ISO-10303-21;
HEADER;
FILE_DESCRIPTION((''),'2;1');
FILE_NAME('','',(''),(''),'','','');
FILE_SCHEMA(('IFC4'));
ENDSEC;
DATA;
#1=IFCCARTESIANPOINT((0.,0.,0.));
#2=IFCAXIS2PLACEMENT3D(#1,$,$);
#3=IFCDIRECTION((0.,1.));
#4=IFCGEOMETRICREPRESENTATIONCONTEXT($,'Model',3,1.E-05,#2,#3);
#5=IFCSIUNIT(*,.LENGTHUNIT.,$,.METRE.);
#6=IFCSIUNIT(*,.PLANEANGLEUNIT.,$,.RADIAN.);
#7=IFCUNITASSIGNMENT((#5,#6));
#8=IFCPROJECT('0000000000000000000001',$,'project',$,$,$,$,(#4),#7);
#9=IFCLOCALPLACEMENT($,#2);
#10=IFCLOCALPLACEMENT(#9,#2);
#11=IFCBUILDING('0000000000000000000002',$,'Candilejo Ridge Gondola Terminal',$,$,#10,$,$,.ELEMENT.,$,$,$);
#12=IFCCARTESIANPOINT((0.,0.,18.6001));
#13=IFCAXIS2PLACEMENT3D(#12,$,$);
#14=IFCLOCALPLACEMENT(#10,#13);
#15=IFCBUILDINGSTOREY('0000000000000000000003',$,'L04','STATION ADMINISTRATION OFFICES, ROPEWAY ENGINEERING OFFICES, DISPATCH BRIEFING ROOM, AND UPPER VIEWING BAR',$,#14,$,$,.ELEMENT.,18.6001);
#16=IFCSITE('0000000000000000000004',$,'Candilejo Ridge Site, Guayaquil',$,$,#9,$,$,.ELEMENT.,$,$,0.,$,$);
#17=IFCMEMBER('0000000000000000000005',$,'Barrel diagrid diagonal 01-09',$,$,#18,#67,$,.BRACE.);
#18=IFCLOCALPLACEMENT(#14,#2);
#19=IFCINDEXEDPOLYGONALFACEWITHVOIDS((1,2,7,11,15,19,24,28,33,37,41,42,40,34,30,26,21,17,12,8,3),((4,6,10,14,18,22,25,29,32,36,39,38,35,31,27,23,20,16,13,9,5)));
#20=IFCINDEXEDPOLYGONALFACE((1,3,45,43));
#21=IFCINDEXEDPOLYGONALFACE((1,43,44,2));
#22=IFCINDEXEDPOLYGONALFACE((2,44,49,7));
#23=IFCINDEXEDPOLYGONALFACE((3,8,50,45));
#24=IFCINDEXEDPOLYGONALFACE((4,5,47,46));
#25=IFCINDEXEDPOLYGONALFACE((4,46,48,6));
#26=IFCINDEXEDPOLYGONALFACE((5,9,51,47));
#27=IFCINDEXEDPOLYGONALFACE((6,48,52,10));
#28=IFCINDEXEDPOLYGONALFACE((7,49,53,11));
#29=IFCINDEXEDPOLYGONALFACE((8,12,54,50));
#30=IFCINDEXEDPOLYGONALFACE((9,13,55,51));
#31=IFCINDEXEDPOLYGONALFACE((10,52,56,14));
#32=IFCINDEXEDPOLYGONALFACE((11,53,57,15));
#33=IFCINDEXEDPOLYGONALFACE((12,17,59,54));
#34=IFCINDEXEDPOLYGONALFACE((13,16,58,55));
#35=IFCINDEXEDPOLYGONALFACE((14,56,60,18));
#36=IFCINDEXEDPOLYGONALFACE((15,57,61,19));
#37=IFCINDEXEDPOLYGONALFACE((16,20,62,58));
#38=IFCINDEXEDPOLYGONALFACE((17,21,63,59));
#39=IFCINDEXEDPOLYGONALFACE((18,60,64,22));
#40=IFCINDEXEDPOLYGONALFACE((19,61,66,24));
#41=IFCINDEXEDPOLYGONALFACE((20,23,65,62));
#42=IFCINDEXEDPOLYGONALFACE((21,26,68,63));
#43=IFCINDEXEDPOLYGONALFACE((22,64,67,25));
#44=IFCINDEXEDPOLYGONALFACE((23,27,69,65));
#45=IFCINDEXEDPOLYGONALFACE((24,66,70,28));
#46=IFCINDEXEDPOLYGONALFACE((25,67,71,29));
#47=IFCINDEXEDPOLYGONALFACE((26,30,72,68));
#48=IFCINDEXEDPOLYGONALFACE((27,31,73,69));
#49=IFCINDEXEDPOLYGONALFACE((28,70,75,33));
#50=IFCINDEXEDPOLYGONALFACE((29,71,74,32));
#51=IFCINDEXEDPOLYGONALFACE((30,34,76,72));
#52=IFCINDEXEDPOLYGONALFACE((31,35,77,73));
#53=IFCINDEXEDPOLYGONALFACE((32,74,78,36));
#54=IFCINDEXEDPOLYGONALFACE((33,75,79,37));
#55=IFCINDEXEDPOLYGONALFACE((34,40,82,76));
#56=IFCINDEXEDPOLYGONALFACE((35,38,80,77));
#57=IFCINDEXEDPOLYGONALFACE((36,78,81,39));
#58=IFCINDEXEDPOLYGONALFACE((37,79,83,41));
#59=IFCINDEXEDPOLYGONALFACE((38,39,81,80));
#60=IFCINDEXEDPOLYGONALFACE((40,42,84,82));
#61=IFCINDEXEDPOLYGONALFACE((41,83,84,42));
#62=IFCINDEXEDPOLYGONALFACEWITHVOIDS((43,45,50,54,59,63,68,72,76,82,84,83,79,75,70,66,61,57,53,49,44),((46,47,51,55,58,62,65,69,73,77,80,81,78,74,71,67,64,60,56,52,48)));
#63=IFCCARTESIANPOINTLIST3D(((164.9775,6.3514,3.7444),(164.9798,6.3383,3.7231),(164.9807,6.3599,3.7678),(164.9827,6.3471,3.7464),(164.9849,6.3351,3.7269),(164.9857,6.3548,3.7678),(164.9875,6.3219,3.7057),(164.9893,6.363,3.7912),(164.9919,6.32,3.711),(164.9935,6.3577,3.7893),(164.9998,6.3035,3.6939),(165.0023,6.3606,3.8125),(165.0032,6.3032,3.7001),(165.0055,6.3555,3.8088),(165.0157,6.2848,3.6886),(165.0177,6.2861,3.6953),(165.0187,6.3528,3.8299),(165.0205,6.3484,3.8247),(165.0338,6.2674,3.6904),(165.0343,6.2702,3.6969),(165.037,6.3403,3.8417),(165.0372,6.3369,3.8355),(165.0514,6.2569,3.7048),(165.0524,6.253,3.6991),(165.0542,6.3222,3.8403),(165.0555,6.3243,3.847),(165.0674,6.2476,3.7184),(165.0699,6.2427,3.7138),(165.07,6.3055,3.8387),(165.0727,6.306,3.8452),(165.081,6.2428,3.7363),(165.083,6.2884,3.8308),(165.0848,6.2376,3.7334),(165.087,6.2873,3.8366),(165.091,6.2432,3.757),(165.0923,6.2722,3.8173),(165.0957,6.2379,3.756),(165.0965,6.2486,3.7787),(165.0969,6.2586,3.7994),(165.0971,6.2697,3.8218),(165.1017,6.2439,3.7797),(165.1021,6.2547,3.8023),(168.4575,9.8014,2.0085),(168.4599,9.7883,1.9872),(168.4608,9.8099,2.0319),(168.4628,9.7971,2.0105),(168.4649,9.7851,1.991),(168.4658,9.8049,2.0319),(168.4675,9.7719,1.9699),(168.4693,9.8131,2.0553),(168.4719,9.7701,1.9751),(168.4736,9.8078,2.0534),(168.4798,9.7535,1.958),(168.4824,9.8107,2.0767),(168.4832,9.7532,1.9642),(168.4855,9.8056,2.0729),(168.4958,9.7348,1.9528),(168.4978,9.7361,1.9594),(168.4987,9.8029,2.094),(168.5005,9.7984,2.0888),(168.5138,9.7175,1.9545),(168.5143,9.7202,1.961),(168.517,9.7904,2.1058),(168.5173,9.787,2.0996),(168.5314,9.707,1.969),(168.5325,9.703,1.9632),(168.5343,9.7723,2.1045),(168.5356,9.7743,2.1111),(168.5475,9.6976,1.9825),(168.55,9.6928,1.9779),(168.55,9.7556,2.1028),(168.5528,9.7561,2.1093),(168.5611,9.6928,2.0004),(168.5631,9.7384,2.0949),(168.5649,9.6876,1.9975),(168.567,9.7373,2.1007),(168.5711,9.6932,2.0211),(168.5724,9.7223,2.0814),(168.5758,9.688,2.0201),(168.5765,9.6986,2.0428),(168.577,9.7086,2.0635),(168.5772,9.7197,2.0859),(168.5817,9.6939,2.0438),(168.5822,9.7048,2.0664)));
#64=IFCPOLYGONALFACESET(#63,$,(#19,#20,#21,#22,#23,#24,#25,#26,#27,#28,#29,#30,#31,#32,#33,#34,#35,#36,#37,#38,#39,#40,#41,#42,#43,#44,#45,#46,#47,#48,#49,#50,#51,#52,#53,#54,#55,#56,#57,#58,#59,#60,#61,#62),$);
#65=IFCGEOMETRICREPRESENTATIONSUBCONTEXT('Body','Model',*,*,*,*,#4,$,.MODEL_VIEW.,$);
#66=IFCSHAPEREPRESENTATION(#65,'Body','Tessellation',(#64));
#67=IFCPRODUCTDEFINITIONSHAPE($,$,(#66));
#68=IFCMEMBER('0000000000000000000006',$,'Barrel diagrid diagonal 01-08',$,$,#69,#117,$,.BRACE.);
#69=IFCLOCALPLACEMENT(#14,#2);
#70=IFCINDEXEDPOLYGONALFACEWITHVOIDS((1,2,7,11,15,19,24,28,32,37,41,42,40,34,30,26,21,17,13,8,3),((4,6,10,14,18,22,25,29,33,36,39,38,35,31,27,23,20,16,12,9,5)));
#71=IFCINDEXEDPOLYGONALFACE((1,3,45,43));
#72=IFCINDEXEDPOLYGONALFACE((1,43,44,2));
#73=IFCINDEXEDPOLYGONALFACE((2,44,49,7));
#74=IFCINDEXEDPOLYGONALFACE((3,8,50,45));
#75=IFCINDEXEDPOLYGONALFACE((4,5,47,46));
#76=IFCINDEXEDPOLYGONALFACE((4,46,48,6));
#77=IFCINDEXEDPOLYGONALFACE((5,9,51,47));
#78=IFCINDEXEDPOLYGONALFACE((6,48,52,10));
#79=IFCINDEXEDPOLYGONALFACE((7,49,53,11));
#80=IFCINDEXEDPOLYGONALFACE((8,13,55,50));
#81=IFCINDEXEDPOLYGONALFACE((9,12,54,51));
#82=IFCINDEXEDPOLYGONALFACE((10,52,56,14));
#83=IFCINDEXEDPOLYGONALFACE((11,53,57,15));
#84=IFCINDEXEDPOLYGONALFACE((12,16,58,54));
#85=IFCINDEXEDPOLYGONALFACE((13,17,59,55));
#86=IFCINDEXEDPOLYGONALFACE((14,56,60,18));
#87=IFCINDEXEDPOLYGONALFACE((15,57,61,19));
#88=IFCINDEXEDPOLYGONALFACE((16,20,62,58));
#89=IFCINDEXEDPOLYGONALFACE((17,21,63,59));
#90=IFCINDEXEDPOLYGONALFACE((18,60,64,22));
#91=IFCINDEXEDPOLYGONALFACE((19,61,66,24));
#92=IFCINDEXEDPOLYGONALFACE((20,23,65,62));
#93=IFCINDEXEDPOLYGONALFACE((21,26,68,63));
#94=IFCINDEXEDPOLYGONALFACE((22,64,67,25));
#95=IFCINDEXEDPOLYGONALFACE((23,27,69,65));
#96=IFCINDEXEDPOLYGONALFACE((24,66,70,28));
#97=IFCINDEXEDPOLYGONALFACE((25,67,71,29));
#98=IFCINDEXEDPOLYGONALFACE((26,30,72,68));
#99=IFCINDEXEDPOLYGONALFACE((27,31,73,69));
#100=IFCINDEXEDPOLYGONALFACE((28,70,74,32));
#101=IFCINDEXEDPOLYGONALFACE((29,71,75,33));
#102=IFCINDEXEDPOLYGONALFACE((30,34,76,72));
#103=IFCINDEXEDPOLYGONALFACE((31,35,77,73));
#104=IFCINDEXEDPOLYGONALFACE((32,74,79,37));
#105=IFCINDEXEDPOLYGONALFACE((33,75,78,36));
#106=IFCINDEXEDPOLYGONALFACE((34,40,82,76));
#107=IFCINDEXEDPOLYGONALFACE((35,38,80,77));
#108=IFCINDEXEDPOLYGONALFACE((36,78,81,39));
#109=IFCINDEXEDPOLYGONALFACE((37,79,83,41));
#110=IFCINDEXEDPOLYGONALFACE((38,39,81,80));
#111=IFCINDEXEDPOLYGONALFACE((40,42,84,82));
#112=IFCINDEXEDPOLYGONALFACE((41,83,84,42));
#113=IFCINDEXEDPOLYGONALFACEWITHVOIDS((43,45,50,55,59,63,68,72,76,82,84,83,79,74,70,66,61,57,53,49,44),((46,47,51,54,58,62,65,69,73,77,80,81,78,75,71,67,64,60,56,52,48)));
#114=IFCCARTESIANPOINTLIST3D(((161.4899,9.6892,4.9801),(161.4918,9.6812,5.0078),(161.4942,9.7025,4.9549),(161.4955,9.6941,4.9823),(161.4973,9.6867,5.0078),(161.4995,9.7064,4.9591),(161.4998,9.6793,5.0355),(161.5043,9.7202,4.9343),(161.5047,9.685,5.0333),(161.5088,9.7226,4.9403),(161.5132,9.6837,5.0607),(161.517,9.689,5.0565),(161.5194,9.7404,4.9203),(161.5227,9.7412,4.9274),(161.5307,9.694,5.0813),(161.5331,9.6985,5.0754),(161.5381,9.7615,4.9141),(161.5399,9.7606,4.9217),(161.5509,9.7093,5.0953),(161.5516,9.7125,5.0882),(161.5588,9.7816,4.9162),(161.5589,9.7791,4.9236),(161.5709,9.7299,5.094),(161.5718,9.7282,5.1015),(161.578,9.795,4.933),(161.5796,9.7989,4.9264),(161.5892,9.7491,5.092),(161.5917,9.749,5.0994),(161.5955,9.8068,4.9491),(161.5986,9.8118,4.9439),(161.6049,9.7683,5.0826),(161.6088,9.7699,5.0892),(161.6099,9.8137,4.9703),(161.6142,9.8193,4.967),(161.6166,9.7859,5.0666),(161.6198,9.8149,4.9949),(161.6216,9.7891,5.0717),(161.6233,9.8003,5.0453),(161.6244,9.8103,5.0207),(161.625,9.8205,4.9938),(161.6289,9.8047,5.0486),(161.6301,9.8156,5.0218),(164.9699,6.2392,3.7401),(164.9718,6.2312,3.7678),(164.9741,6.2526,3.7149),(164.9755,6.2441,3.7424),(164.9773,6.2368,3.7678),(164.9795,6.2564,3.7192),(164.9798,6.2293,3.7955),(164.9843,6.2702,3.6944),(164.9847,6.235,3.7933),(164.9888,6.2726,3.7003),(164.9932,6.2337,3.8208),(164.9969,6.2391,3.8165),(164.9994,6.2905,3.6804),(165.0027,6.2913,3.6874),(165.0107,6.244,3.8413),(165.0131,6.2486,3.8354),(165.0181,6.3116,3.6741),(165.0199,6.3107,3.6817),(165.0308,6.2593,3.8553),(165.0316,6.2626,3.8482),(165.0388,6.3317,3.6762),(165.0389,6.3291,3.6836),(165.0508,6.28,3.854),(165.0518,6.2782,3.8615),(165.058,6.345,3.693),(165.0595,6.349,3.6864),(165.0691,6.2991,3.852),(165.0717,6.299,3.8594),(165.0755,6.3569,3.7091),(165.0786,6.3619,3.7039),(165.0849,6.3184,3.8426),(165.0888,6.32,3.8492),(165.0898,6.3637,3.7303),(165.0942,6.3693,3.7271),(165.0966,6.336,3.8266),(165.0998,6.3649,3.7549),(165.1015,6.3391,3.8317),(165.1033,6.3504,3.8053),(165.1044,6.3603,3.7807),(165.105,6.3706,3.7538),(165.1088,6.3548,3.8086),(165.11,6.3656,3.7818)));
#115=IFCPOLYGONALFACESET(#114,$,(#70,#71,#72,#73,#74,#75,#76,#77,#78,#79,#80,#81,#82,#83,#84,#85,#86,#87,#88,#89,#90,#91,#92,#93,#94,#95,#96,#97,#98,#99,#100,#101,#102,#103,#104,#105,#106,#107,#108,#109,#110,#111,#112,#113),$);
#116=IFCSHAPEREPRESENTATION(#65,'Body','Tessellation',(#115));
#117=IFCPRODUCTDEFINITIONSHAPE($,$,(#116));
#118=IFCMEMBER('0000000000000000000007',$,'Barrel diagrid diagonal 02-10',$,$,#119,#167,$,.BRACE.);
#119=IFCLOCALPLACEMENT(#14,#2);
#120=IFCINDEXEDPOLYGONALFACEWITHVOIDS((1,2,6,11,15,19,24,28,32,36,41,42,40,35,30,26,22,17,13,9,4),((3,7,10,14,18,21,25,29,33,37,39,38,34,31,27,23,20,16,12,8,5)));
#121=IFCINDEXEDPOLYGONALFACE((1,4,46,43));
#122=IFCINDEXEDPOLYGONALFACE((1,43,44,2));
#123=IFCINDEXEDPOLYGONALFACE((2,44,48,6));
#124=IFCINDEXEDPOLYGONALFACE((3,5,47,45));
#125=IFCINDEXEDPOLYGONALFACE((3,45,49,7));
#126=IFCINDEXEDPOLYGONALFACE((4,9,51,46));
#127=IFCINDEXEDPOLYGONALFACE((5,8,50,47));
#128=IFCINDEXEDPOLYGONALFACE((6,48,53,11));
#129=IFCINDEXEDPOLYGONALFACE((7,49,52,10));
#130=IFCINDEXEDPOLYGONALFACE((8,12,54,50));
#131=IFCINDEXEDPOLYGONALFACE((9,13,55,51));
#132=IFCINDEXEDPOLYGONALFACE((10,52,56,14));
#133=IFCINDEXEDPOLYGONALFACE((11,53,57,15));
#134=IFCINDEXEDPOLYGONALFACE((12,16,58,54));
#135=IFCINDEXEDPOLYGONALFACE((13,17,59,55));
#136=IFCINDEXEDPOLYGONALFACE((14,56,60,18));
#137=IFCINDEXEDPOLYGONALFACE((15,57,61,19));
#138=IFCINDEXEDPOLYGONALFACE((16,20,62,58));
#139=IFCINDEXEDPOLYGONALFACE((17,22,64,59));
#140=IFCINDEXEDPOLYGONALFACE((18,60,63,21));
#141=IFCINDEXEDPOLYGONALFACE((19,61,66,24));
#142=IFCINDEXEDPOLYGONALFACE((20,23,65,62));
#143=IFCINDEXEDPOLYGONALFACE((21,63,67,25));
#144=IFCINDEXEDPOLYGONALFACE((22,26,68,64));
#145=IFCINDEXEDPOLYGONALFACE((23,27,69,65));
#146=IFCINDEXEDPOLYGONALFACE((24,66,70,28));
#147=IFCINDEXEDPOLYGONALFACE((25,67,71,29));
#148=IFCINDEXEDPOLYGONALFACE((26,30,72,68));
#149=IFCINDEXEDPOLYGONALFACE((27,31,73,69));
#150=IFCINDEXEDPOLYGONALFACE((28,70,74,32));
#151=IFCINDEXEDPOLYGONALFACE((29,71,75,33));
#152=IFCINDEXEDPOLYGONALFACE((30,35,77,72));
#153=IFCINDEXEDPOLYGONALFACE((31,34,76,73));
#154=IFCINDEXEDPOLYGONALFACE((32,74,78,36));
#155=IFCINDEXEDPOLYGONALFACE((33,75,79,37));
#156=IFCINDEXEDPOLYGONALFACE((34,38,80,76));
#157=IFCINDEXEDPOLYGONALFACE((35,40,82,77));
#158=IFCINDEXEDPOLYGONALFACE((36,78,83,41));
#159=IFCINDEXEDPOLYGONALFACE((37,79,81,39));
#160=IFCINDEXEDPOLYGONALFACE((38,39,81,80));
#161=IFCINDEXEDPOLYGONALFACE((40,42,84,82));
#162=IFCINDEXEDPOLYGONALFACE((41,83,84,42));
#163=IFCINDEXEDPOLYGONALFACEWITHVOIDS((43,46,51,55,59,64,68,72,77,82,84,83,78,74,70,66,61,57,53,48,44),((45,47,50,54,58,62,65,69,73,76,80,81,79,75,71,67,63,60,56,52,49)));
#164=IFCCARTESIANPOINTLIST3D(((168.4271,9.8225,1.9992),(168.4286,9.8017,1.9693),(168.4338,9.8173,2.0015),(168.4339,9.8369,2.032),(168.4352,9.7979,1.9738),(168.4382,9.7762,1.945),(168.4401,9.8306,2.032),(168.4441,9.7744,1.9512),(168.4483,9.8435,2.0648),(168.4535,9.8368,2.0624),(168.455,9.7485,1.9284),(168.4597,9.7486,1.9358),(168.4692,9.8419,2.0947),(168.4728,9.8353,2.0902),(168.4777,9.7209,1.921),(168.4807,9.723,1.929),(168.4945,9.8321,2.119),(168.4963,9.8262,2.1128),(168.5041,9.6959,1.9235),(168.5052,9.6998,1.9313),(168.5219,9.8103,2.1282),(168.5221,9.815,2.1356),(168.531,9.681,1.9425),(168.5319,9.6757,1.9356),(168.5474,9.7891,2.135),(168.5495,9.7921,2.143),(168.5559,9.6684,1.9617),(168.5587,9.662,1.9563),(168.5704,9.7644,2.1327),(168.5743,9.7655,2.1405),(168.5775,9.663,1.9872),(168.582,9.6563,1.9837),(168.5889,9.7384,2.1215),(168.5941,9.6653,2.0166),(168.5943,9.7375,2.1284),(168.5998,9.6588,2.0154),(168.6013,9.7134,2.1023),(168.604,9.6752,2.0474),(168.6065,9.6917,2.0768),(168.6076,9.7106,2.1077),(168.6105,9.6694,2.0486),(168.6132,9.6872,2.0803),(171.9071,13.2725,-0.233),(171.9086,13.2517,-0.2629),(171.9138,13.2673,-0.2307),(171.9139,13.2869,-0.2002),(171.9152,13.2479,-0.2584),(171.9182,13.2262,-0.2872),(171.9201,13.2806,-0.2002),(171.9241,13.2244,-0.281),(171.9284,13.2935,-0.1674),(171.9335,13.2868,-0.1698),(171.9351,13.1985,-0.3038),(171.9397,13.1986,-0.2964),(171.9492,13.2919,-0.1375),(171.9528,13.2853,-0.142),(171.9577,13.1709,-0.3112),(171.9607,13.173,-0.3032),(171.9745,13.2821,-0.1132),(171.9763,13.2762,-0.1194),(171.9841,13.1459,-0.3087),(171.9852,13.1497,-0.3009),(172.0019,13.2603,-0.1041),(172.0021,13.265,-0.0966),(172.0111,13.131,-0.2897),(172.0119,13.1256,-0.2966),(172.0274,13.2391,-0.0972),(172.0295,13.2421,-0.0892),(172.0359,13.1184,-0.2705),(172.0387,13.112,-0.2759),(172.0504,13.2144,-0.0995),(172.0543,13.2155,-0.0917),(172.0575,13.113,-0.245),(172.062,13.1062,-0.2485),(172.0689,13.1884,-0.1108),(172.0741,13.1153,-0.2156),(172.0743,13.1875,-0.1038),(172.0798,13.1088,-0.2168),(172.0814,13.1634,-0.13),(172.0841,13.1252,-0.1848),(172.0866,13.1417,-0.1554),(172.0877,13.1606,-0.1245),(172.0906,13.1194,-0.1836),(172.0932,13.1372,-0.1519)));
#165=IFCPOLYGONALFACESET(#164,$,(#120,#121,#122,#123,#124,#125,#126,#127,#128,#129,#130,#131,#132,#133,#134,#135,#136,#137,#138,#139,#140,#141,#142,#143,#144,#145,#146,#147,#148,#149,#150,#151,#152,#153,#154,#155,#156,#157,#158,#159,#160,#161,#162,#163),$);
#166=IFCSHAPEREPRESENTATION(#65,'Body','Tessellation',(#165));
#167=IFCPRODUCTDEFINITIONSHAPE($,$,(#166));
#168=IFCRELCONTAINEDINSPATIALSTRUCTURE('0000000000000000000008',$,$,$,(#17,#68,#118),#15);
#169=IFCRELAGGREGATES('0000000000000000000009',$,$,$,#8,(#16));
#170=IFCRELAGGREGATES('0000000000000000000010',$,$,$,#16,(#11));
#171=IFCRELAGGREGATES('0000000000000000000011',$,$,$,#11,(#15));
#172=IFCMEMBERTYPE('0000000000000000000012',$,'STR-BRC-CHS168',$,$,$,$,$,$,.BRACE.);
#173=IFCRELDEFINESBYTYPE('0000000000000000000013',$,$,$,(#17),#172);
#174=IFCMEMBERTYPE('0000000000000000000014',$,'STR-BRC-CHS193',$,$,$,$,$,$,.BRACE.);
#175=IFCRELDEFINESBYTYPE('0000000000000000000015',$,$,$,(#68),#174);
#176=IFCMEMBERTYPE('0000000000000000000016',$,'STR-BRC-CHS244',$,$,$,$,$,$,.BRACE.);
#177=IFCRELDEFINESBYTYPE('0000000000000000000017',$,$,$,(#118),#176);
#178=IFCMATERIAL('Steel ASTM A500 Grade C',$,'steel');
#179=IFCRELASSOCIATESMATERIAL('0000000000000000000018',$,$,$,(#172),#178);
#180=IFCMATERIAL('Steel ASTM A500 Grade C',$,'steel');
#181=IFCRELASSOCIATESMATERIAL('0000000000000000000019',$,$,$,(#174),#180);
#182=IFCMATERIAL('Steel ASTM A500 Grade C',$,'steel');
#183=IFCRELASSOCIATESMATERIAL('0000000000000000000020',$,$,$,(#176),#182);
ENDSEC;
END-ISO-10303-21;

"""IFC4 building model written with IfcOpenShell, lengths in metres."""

from ifc_helpers import new_model, si_unit, direction, frame, origin, origin_2d, place, context, subcontext, project, spatial, hollow_circle, extrude, material, material_profile, profile_set, type_object, element, save


model = new_model("IFC4")

# Units and contexts
model_context = context("Model", 3, precision=1e-05, world=origin(), true_north=direction((0.0, 1.0)))
body_context = subcontext(model_context, "Body", "Model", "MODEL_VIEW")
ifc_project = project(units=[si_unit("LENGTHUNIT", "METRE"), si_unit("PLANEANGLEUNIT", "RADIAN")], contexts=[model_context])

# Site, building, storey
site_placement = place(None, origin())
site = spatial("IfcSite", under=ifc_project, at=site_placement, Name="Candilejo Ridge Site, Guayaquil", CompositionType="ELEMENT", RefElevation=0.0)
building_placement = place(site_placement, origin())
building = spatial("IfcBuilding", under=site, at=building_placement, Name="Candilejo Ridge Gondola Terminal", CompositionType="ELEMENT")
storey_placement = place(building_placement, frame((0.0, 0.0, 18.6001)))
storey = spatial("IfcBuildingStorey", under=building, at=storey_placement, Name="L04", Description="STATION ADMINISTRATION OFFICES, ROPEWAY ENGINEERING OFFICES, DISPATCH BRIEFING ROOM, AND UPPER VIEWING BAR", CompositionType="ELEMENT", Elevation=18.6001)

# Members
ifc_material_1 = material(Name="Steel ASTM A500 Grade C", Category="steel")
ifc_material_profile_1 = material_profile(ifc_material_1, hollow_circle(Radius=0.0842, WallThickness=0.0071, at=origin_2d()))
ifc_profile_set_1 = profile_set([ifc_material_profile_1], Name="Steel ASTM A500 Grade C")
member_type_1 = type_object("IfcMemberType", Name="STR-BRC-CHS168", PredefinedType="BRACE", material=ifc_profile_set_1)
member_1_placement = place(storey_placement, frame((165.04, 6.3, 3.7678), z_axis=(0.669406, 0.663629, -0.333904), x_axis=(-0.704036, 0.710164, 0.0)))
element("IfcMember", 1, at=member_1_placement, inside=storey, type_object=member_type_1, Name="Barrel diagrid diagonal 01-09", PredefinedType="BRACE", context=body_context, shape_type="SweptSolid", body=[
    extrude(hollow_circle(Radius=0.0842, WallThickness=0.0071, at=origin_2d()), origin(), (0.0, 0.0, 1.0), 5.1987),
])
ifc_material_2 = material(Name="Steel ASTM A500 Grade C", Category="steel")
ifc_material_profile_2 = material_profile(ifc_material_2, hollow_circle(Radius=0.0969, WallThickness=0.0078, at=origin_2d()))
ifc_profile_set_2 = profile_set([ifc_material_profile_2], Name="Steel ASTM A500 Grade C")
member_type_2 = type_object("IfcMemberType", Name="STR-BRC-CHS193", PredefinedType="BRACE", material=ifc_profile_set_2)
member_2_placement = place(storey_placement, frame((165.04, 6.3, 3.7678), z_axis=(-0.688464, 0.682523, 0.245314), x_axis=(-0.704036, -0.710164, 0.0)))
element("IfcMember", 2, at=member_2_placement, inside=storey, type_object=member_type_2, Name="Barrel diagrid diagonal 01-08", PredefinedType="BRACE", context=body_context, shape_type="SweptSolid", body=[
    extrude(hollow_circle(Radius=0.0969, WallThickness=0.0078, at=origin_2d()), origin(), (0.0, 0.0, 1.0), 5.0547),
])
ifc_material_3 = material(Name="Steel ASTM A500 Grade C", Category="steel")
ifc_material_profile_3 = material_profile(ifc_material_3, hollow_circle(Radius=0.1223, WallThickness=0.0088, at=origin_2d()))
ifc_profile_set_3 = profile_set([ifc_material_profile_3], Name="Steel ASTM A500 Grade C")
member_type_3 = type_object("IfcMemberType", Name="STR-BRC-CHS244", PredefinedType="BRACE", material=ifc_profile_set_3)
member_3_placement = place(storey_placement, frame((168.52, 9.75, 2.032), z_axis=(0.646271, 0.640695, -0.41454), x_axis=(-0.704036, 0.710164, 0.0)))
element("IfcMember", 3, at=member_3_placement, inside=storey, type_object=member_type_3, Name="Barrel diagrid diagonal 02-10", PredefinedType="BRACE", context=body_context, shape_type="SweptSolid", body=[
    extrude(hollow_circle(Radius=0.1223, WallThickness=0.0088, at=origin_2d()), origin(), (0.0, 0.0, 1.0), 5.3848),
])

save(model, "model.ifc")
